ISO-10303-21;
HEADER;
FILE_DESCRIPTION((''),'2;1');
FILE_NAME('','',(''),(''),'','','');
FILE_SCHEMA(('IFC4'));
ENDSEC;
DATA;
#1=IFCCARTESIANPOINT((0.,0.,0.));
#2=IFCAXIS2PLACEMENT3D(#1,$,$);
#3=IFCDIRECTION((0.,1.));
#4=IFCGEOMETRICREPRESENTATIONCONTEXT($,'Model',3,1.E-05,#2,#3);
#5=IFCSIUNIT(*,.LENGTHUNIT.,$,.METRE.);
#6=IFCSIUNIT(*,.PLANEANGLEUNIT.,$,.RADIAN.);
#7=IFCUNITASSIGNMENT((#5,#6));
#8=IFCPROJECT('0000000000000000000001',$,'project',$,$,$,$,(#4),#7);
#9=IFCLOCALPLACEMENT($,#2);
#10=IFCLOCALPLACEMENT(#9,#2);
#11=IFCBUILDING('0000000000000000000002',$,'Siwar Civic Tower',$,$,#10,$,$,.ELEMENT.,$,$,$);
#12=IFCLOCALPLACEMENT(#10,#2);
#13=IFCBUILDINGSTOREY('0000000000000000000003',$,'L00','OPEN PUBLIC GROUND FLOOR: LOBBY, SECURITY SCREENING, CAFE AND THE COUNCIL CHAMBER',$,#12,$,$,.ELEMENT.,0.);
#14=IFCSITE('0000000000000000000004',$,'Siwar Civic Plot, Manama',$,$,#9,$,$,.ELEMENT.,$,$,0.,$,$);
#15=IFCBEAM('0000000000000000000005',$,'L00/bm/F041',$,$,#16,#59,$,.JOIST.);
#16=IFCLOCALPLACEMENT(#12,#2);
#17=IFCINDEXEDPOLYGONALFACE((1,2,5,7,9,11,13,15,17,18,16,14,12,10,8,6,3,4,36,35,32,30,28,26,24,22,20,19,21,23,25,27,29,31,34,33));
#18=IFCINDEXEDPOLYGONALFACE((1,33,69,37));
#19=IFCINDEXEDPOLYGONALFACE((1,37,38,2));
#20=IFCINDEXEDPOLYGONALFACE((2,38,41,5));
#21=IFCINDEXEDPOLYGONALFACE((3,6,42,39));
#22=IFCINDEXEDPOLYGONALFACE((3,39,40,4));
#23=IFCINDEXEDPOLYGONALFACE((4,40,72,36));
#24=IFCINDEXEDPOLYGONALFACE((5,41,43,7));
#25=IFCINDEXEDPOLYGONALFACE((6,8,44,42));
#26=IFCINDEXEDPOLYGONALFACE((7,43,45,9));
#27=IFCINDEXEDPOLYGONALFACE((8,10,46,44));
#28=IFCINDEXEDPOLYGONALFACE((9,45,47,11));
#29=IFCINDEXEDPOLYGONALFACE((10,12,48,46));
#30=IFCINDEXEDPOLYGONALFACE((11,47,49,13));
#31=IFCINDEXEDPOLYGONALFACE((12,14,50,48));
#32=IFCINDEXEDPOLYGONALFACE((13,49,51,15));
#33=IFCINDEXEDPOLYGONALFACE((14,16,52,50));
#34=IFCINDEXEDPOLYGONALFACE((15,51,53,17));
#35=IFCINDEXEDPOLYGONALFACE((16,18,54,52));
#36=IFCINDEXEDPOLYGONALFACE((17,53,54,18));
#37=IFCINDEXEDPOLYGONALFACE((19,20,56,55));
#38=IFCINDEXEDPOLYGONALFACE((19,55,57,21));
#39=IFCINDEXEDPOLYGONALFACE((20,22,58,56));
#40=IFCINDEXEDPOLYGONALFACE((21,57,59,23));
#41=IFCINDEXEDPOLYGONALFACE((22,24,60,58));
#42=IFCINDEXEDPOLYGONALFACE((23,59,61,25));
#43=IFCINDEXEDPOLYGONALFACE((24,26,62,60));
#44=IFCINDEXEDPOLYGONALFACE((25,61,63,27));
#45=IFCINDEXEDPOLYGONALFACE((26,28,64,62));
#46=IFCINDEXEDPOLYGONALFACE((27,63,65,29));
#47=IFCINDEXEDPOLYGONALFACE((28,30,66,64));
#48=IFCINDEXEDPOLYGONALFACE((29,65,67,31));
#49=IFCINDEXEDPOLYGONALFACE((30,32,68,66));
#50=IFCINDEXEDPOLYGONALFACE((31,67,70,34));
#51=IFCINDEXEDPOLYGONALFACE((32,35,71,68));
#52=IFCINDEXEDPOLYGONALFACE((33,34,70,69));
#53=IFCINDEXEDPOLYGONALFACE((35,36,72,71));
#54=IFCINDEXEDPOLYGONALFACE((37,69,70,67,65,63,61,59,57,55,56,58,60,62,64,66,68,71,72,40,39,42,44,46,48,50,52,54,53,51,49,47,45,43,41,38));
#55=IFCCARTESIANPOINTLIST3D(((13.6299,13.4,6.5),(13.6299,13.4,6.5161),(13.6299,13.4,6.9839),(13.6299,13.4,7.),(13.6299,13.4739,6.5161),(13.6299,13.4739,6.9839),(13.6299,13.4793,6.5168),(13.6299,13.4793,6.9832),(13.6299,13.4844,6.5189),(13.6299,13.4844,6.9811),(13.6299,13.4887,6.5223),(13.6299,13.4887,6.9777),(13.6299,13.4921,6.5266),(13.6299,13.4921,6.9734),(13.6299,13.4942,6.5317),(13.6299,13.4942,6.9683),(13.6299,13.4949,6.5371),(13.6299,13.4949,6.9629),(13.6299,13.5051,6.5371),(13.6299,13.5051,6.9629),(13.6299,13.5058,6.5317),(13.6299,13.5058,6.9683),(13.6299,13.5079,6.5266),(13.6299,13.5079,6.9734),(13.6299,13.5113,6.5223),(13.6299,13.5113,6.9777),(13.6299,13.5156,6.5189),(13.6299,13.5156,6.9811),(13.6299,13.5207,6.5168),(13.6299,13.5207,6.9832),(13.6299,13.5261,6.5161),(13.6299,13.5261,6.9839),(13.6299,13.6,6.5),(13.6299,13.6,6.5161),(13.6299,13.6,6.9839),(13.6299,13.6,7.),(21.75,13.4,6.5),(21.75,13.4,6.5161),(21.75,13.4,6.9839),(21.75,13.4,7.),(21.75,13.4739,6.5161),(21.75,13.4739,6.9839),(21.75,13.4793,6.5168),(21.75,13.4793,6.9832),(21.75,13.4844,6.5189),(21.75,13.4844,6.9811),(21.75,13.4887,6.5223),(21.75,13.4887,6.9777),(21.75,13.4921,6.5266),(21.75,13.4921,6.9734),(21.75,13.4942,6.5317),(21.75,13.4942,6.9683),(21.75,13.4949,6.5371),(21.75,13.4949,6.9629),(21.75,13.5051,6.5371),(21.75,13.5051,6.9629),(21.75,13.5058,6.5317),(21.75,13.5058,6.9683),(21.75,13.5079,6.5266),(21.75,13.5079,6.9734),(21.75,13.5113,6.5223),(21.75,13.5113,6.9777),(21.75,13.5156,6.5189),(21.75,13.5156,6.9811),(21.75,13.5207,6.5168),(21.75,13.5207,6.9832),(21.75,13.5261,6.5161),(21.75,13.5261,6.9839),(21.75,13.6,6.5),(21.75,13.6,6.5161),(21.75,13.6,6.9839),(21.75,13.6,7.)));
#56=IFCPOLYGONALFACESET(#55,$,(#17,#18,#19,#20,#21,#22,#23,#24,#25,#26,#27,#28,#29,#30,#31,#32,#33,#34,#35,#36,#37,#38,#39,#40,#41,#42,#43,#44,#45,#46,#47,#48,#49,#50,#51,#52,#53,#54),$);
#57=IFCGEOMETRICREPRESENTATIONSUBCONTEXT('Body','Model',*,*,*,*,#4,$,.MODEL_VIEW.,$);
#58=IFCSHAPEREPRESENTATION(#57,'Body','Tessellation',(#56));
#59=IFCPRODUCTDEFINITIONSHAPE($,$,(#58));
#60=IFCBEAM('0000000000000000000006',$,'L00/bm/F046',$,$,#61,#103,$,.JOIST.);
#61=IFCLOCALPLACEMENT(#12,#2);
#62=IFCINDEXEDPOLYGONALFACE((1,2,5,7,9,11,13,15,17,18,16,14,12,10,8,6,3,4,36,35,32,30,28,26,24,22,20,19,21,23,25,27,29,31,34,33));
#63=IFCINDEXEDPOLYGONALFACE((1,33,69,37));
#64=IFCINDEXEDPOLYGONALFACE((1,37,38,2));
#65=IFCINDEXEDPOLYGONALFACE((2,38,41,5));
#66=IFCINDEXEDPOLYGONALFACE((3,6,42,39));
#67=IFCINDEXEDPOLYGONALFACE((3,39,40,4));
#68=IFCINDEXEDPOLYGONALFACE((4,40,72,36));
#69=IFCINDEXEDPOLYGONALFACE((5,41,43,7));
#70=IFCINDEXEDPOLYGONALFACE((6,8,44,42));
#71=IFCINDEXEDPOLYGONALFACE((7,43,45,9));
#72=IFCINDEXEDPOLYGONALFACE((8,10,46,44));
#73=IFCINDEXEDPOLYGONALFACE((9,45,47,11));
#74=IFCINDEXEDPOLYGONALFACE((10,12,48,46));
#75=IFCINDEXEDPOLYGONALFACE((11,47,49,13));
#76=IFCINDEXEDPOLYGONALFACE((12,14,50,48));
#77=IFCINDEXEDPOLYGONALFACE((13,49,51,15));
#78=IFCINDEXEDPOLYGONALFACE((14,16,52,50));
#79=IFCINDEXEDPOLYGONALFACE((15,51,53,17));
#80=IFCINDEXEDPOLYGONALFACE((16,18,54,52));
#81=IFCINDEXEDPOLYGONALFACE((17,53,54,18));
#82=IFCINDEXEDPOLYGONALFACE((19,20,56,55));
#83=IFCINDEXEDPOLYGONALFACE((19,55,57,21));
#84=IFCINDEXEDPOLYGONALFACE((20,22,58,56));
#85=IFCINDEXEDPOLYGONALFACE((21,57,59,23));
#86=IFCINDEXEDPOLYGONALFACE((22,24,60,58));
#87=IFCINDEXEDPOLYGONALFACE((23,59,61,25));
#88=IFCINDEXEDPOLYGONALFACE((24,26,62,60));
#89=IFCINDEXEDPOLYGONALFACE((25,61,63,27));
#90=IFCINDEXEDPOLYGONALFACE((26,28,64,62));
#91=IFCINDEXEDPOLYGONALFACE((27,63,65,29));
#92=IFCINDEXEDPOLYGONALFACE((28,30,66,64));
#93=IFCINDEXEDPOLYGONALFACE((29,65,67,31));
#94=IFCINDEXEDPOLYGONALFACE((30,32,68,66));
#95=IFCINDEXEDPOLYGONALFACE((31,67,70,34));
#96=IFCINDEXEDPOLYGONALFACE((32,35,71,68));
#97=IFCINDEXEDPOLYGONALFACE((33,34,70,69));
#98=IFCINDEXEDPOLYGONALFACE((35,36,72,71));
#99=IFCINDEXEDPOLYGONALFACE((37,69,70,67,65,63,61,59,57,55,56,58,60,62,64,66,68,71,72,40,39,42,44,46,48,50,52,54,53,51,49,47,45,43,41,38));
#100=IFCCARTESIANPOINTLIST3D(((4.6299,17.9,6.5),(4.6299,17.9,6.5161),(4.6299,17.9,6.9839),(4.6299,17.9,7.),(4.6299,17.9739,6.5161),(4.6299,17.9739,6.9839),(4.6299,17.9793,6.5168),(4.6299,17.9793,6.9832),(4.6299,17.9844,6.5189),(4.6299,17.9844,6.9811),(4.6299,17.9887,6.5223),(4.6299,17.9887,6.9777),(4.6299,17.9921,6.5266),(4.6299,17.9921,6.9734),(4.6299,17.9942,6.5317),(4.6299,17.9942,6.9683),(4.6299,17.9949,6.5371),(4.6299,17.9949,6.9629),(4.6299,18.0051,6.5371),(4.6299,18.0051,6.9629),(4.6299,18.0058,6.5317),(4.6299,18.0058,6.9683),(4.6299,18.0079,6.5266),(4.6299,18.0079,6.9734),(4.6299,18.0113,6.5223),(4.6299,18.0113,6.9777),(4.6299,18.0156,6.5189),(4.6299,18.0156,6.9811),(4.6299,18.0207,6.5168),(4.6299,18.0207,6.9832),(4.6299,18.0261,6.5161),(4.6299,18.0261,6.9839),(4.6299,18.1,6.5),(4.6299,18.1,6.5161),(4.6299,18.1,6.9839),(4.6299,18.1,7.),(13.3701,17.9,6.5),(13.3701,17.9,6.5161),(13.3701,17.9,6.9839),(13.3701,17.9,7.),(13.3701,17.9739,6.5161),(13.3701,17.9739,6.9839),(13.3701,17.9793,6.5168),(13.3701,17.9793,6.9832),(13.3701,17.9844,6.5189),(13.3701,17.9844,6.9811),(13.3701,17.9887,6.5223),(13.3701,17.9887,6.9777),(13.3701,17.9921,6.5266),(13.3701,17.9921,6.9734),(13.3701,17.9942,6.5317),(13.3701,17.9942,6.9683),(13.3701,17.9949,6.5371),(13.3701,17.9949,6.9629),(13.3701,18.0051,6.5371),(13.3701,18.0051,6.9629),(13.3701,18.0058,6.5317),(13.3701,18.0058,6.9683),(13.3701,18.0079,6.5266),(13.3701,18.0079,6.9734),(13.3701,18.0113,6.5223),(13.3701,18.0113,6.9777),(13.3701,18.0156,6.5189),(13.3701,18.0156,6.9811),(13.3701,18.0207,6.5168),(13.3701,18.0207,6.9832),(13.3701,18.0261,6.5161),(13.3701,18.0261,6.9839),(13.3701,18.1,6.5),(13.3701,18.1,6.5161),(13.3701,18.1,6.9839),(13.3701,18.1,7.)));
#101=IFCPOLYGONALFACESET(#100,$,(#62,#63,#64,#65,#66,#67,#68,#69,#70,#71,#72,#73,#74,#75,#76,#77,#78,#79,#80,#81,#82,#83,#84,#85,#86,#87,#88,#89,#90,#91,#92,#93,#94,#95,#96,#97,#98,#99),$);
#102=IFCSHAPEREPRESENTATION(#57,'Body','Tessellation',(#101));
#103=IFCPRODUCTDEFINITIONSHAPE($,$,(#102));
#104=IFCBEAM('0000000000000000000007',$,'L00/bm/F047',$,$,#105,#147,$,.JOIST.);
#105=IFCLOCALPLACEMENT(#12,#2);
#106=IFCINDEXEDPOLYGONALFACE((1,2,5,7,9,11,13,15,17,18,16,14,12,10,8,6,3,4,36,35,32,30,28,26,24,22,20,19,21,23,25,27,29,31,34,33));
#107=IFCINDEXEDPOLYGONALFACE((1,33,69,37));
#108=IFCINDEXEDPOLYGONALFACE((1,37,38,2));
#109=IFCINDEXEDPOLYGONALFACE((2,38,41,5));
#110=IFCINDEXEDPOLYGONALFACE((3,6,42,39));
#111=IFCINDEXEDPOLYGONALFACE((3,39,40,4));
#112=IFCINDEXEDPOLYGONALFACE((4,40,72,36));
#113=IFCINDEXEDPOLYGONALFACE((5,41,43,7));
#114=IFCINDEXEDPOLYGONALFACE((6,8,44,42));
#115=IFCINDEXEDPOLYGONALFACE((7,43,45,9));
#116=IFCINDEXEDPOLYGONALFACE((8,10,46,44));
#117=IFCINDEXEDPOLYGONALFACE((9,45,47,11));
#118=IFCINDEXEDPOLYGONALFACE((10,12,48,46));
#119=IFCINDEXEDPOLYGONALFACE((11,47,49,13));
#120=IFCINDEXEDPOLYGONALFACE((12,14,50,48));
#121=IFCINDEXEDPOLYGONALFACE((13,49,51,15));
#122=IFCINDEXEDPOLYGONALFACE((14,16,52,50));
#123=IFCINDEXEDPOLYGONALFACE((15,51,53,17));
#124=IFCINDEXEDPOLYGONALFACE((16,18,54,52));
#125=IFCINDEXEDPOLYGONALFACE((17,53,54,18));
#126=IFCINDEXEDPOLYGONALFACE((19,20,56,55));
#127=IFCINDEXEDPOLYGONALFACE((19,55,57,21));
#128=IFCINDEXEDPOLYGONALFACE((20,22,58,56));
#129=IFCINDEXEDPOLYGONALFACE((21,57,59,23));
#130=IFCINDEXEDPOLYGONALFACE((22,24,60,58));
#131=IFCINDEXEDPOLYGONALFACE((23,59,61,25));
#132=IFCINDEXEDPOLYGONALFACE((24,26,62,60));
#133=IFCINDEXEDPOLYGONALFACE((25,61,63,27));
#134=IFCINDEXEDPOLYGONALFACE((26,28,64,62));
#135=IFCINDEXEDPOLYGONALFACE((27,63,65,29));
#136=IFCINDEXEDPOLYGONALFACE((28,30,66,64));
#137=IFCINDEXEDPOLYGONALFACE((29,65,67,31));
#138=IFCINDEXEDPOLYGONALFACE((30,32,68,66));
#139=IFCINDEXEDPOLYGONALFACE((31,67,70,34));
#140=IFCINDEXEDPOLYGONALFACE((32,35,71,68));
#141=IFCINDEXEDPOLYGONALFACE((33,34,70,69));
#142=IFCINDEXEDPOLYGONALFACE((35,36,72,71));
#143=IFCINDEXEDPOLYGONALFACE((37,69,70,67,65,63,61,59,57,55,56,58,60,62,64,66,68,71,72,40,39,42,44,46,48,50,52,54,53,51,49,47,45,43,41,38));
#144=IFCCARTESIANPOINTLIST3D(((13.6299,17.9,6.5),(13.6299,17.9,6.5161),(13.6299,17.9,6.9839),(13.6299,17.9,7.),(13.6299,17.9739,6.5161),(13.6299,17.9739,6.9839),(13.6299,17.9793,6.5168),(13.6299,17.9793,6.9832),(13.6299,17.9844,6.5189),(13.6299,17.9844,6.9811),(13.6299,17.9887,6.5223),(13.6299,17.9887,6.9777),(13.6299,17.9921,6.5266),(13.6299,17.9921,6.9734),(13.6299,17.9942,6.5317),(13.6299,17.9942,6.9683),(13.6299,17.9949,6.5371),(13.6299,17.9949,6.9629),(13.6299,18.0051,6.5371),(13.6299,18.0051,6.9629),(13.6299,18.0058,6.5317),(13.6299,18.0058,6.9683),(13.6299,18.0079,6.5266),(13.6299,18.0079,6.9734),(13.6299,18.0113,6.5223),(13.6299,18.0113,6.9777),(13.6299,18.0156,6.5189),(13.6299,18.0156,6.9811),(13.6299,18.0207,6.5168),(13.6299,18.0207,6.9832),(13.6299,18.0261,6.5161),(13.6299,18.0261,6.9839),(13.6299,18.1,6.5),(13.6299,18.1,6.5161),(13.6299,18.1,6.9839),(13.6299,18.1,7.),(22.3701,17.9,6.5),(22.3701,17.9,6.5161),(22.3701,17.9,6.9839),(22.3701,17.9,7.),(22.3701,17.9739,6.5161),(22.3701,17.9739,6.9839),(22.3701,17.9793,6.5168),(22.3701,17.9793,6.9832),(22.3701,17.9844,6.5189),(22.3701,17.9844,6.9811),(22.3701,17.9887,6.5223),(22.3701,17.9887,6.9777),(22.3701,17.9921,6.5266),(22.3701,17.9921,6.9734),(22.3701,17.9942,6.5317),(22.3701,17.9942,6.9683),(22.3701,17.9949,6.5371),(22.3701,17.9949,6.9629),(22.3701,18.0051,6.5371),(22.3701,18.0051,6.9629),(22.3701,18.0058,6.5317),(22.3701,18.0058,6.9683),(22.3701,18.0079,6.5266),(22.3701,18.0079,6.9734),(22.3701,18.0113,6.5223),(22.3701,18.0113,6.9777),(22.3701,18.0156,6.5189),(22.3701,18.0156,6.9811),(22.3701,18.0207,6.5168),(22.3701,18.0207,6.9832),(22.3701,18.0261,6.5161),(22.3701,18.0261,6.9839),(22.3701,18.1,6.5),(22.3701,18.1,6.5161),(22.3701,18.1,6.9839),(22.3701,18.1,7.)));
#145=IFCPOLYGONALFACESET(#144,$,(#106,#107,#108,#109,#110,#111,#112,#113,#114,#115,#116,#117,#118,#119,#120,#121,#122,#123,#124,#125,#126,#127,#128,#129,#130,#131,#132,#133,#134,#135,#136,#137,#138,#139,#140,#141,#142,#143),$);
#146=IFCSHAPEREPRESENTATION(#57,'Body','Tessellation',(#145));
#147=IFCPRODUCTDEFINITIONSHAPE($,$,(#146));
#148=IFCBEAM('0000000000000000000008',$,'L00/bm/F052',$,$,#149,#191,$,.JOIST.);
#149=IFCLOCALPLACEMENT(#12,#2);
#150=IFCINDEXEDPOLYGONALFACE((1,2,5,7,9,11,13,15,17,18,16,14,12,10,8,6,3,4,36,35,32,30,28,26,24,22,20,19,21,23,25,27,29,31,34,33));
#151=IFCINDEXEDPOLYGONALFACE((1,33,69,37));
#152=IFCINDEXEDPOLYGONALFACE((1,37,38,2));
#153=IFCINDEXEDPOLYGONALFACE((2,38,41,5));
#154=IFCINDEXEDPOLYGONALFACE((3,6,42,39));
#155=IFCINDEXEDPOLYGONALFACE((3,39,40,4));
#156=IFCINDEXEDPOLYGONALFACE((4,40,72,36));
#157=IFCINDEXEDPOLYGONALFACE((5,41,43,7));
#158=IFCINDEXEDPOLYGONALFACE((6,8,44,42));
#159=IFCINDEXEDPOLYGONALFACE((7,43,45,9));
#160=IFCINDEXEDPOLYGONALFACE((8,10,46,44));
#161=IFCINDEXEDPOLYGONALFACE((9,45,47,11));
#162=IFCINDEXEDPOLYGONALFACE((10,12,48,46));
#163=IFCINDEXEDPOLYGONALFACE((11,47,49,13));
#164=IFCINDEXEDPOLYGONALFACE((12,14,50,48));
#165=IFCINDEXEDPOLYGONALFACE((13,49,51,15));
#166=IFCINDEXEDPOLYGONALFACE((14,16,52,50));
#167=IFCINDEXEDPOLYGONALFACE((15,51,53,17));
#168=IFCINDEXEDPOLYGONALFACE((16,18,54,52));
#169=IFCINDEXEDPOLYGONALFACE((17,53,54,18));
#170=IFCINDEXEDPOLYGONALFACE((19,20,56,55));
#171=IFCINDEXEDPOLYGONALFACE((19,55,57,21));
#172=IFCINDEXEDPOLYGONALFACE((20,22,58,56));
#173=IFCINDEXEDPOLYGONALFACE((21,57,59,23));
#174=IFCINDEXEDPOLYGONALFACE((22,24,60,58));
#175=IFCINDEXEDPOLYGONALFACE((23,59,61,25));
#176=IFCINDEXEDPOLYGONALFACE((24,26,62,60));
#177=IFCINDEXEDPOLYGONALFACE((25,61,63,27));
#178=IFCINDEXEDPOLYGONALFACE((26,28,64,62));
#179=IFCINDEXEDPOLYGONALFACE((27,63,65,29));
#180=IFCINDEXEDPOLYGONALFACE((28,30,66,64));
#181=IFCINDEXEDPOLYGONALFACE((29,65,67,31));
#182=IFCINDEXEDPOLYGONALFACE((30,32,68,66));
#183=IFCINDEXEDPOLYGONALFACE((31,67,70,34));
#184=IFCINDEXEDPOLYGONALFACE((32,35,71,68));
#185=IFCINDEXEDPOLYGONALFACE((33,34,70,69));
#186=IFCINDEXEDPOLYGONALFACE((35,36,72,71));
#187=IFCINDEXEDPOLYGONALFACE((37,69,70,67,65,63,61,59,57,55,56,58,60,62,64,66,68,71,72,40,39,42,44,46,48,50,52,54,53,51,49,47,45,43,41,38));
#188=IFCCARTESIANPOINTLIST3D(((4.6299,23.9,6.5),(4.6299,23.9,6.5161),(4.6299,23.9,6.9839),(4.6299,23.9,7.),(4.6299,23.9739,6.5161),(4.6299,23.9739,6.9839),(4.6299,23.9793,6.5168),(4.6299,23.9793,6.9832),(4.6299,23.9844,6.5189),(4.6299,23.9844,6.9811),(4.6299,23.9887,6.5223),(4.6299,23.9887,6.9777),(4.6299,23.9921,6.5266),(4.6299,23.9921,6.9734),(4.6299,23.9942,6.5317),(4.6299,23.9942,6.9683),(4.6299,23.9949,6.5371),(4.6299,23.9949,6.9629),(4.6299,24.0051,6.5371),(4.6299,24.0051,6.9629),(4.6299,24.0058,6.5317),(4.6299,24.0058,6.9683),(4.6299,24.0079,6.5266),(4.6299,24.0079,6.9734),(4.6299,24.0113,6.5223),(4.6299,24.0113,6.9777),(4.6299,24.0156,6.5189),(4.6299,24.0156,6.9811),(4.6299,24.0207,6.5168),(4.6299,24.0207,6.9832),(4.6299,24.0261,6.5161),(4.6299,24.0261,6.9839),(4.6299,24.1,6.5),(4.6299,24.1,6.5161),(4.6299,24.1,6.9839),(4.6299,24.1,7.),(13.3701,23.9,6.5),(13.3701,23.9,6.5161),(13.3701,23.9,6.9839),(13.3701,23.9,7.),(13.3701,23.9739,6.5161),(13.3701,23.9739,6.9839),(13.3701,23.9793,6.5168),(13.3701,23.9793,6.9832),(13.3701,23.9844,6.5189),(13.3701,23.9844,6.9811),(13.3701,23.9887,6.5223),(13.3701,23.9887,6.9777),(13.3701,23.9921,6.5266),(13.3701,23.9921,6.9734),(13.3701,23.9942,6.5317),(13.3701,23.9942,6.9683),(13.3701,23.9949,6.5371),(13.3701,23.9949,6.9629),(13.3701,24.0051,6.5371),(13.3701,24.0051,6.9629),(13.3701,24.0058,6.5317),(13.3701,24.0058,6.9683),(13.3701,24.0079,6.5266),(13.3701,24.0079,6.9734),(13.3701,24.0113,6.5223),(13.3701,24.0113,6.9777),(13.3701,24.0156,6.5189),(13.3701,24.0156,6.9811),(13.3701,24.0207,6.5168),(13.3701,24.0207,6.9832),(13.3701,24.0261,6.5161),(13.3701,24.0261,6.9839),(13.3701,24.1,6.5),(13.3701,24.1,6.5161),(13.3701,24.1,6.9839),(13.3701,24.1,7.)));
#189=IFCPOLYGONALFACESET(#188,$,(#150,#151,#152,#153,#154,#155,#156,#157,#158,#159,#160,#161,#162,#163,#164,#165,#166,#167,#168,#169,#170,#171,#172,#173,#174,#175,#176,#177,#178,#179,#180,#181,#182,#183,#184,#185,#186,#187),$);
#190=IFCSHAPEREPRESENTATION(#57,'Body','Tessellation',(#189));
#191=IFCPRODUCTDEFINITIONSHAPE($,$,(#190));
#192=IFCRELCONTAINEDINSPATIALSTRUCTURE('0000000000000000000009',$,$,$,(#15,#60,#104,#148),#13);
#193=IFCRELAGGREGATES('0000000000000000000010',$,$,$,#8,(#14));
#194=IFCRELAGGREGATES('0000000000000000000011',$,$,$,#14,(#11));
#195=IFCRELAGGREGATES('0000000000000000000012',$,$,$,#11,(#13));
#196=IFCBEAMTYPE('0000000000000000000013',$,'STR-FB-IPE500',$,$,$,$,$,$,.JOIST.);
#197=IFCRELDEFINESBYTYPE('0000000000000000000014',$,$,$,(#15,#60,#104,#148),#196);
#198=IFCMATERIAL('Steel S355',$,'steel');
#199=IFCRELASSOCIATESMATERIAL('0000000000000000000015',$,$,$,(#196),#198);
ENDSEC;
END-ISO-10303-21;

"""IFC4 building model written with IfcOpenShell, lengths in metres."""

from ifc_helpers import new_model, si_unit, direction, frame, origin, origin_2d, place, context, subcontext, project, spatial, i_section, extrude, material, material_profile, profile_set, type_object, element, save


model = new_model("IFC4")

# Units and contexts
model_context = context("Model", 3, precision=1e-05, world=origin(), true_north=direction((0.0, 1.0)))
body_context = subcontext(model_context, "Body", "Model", "MODEL_VIEW")
ifc_project = project(units=[si_unit("LENGTHUNIT", "METRE"), si_unit("PLANEANGLEUNIT", "RADIAN")], contexts=[model_context])

# Site, building, storey
site_placement = place(None, origin())
site = spatial("IfcSite", under=ifc_project, at=site_placement, Name="Siwar Civic Plot, Manama", CompositionType="ELEMENT", RefElevation=0.0)
building_placement = place(site_placement, origin())
building = spatial("IfcBuilding", under=site, at=building_placement, Name="Siwar Civic Tower", CompositionType="ELEMENT")
storey_placement = place(building_placement, origin())
storey = spatial("IfcBuildingStorey", under=building, at=storey_placement, Name="L00", Description="OPEN PUBLIC GROUND FLOOR: LOBBY, SECURITY SCREENING, CAFE AND THE COUNCIL CHAMBER", CompositionType="ELEMENT", Elevation=0.0)

# Beams
ifc_material_1 = material(Name="Steel S355", Category="steel")
ifc_material_profile_1 = material_profile(ifc_material_1, i_section(OverallWidth=0.2, OverallDepth=0.5, WebThickness=0.0103, FlangeThickness=0.0161, FilletRadius=0.021, at=origin_2d()), Name="IPE500")
ifc_profile_set_1 = profile_set([ifc_material_profile_1], Name="Steel S355")
beam_type_1 = type_object("IfcBeamType", Name="STR-FB-IPE500", PredefinedType="JOIST", material=ifc_profile_set_1)
beam_1_placement = place(storey_placement, frame((13.6299, 13.5, 6.75), z_axis=(1.0, 0.0, 0.0), x_axis=(0.0, 1.0, 0.0)))
element("IfcBeam", 1, at=beam_1_placement, inside=storey, type_object=beam_type_1, Name="L00/bm/F041", PredefinedType="JOIST", context=body_context, shape_type="SweptSolid", body=[
    extrude(i_section(OverallWidth=0.2, OverallDepth=0.5, WebThickness=0.0103, FlangeThickness=0.0161, FilletRadius=0.021, at=origin_2d()), origin(), (0.0, 0.0, 1.0), 8.1201),
])
for number, where, z_axis, x_axis, name in (
    (2, (4.6299, 18.0, 6.75), (1.0, 0.0, 0.0), (0.0, 1.0, 0.0), "L00/bm/F046"),
    (3, (13.6299, 18.0, 6.75), (1.0, 0.0, 0.0), (0.0, 1.0, 0.0), "L00/bm/F047"),
    (4, (4.6299, 24.0, 6.75), (1.0, 0.0, 0.0), (0.0, 1.0, 0.0), "L00/bm/F052"),
):
    element("IfcBeam", number, at=place(storey_placement, frame(where, z_axis=z_axis, x_axis=x_axis)), inside=storey, type_object=beam_type_1, Name=name, PredefinedType="JOIST", context=body_context, shape_type="SweptSolid", body=[
        extrude(i_section(OverallWidth=0.2, OverallDepth=0.5, WebThickness=0.0103, FlangeThickness=0.0161, FilletRadius=0.021, at=origin_2d()), origin(), (0.0, 0.0, 1.0), 8.7402),
    ])

save(model, "model.ifc")
